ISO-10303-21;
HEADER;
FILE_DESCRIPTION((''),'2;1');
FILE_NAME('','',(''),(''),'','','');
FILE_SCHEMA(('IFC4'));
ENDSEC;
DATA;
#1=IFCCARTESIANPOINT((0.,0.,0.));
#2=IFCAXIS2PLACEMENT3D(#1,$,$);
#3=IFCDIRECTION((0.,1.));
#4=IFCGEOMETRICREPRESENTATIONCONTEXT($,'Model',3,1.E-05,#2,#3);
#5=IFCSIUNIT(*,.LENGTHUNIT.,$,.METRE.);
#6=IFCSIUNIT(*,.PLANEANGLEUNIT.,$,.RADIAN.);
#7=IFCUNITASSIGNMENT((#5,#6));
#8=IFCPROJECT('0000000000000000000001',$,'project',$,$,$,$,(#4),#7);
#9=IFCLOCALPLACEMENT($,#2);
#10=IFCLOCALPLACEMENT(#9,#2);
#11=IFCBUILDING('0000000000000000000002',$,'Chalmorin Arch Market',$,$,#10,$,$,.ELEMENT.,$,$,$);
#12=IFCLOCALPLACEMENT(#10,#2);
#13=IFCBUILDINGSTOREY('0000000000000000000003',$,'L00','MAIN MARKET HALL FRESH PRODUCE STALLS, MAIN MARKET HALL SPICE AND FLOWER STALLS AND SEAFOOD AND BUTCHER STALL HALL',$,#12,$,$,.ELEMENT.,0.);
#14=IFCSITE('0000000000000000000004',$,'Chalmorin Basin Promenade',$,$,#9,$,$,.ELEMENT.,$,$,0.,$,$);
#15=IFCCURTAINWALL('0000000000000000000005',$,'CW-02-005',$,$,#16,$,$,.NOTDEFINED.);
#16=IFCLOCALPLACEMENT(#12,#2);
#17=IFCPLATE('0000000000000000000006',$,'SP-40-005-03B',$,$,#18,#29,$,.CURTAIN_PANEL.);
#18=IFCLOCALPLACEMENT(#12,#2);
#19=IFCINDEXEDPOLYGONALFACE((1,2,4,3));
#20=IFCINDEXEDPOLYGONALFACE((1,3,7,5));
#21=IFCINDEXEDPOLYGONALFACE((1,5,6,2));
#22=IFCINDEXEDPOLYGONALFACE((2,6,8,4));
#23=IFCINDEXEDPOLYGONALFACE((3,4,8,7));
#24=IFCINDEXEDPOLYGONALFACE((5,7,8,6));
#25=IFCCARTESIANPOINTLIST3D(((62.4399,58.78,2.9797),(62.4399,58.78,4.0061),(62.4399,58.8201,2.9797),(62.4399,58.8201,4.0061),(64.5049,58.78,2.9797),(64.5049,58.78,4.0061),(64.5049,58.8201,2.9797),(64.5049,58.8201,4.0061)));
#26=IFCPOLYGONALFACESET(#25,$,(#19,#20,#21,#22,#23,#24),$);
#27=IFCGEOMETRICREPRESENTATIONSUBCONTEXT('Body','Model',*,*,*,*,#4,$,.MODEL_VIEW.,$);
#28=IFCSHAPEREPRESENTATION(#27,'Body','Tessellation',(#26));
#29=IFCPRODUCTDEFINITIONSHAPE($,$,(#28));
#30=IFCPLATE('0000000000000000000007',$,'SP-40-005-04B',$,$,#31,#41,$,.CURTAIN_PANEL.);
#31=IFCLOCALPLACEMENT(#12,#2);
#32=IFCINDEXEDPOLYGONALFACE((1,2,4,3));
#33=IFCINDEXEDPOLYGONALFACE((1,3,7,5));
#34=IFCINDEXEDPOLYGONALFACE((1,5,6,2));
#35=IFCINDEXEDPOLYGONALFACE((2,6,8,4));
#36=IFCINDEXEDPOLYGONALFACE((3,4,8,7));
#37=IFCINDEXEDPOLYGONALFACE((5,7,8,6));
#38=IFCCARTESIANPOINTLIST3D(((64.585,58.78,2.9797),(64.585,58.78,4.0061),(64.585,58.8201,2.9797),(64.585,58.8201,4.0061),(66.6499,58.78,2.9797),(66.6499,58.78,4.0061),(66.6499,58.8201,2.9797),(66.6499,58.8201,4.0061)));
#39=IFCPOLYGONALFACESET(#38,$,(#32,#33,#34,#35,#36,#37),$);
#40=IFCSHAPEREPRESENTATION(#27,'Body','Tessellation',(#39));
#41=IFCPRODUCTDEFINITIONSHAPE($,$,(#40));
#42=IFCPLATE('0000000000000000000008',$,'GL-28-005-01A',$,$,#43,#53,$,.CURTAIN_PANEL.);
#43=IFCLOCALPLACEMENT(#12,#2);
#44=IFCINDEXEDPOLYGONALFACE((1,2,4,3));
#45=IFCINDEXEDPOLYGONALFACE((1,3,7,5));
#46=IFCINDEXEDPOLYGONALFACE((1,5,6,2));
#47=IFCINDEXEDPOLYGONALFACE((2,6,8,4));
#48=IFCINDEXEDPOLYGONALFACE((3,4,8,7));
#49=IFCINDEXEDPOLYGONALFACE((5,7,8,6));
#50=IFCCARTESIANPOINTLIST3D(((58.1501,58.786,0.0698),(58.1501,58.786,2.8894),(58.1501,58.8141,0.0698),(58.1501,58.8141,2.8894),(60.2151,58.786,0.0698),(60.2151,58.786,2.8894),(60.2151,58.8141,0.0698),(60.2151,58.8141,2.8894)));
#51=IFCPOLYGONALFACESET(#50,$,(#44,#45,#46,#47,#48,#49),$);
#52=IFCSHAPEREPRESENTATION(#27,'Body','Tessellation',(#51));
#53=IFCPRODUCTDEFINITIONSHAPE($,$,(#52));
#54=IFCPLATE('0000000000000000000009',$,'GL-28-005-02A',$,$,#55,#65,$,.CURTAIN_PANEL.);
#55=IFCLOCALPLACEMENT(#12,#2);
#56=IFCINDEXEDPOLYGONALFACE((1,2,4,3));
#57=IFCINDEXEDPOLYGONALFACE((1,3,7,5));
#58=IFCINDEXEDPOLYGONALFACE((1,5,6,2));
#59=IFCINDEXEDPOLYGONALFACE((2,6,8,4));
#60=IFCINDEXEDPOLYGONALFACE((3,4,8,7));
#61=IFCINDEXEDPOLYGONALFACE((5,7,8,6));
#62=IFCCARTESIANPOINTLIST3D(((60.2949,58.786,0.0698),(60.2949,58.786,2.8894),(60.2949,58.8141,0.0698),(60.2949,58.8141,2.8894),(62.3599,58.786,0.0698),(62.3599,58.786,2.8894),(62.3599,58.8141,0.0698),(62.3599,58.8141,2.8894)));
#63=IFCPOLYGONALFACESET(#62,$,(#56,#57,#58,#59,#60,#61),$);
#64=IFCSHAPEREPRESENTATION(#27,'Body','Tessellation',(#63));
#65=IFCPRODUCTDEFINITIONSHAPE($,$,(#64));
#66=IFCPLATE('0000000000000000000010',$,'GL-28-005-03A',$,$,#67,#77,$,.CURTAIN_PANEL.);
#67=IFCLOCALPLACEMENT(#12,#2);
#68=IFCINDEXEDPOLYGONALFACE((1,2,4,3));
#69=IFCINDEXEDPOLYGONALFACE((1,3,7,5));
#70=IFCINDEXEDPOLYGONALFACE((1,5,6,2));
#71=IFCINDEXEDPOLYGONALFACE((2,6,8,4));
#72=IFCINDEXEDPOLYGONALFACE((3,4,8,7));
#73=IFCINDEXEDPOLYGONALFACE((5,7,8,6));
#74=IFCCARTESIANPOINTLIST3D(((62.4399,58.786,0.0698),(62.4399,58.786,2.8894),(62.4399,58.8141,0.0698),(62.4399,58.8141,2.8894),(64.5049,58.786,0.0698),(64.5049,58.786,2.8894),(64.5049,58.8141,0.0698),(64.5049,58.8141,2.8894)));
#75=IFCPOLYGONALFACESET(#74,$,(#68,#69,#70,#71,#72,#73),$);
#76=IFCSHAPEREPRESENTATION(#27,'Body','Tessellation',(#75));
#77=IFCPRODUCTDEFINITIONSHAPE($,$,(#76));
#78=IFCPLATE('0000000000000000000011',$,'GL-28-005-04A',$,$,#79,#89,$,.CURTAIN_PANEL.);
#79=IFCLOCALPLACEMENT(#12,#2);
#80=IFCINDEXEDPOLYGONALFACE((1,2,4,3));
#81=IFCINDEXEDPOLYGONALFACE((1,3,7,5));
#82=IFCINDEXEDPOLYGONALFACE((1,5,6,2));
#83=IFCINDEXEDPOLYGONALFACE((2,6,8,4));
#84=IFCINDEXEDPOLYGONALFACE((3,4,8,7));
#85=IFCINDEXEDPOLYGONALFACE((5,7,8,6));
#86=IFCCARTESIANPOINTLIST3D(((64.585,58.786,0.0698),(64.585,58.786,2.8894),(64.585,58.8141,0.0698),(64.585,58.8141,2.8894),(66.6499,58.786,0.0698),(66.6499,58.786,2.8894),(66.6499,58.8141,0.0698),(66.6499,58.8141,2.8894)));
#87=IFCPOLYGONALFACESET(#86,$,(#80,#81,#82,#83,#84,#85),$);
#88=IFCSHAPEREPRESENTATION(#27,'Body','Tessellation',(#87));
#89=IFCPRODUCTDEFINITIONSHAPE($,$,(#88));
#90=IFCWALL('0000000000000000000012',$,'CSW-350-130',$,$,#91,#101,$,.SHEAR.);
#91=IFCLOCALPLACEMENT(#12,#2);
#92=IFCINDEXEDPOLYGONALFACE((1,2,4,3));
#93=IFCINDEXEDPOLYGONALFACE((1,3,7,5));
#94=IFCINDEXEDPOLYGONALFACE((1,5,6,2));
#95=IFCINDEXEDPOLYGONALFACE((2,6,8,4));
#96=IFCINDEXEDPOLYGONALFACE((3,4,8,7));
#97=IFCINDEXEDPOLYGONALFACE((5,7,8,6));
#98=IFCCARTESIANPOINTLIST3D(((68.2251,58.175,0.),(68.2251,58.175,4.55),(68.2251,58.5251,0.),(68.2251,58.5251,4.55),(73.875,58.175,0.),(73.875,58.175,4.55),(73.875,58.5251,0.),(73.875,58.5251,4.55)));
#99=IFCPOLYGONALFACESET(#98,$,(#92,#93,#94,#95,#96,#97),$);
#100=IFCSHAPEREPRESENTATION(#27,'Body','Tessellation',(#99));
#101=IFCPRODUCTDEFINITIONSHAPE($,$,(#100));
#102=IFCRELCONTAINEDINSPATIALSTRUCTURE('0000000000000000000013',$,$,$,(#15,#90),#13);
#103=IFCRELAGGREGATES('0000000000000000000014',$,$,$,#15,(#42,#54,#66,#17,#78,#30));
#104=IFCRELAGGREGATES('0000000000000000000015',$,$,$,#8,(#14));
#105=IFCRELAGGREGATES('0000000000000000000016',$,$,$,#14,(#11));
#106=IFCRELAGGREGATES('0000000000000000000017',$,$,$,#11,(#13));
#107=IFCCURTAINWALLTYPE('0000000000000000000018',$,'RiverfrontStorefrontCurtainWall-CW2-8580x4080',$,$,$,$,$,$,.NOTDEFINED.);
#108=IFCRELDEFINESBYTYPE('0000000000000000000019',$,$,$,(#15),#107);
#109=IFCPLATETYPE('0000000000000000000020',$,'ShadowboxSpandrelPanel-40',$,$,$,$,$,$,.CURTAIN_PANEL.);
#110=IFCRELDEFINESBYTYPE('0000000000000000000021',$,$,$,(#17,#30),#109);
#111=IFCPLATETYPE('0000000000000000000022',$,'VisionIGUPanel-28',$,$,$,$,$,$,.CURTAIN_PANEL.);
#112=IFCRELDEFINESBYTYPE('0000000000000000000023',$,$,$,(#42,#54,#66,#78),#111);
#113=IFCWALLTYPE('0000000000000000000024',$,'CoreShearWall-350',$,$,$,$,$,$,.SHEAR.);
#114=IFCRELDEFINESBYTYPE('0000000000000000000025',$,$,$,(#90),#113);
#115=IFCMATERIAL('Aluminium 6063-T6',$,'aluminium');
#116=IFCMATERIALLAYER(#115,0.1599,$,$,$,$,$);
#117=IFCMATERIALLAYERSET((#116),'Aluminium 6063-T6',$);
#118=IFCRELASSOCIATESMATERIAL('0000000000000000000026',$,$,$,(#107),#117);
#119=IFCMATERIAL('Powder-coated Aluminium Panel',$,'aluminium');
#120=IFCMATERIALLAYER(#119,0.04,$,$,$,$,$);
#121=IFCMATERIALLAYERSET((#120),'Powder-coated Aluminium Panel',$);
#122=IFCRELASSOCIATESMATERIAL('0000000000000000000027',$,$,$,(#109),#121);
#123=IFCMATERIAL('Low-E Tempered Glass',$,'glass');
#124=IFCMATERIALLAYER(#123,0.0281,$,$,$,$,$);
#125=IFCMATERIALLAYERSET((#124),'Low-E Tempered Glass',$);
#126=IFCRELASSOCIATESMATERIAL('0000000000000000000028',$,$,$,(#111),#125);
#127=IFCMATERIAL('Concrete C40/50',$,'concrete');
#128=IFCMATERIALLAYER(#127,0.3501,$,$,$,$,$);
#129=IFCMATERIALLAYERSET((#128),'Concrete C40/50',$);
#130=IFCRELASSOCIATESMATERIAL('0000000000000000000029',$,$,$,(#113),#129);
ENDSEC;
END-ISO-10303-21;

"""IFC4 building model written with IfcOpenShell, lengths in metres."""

from ifc_helpers import new_model, si_unit, direction, frame, frame_2d, origin, origin_2d, place, context, subcontext, project, spatial, rectangle, extrude, material, layer, layer_set, type_object, element, aggregate, save


model = new_model("IFC4")

# Units and contexts
model_context = context("Model", 3, precision=1e-05, world=origin(), true_north=direction((0.0, 1.0)))
body_context = subcontext(model_context, "Body", "Model", "MODEL_VIEW")
ifc_project = project(units=[si_unit("LENGTHUNIT", "METRE"), si_unit("PLANEANGLEUNIT", "RADIAN")], contexts=[model_context])

# Site, building, storey
site_placement = place(None, origin())
site = spatial("IfcSite", under=ifc_project, at=site_placement, Name="Chalmorin Basin Promenade", CompositionType="ELEMENT", RefElevation=0.0)
building_placement = place(site_placement, origin())
building = spatial("IfcBuilding", under=site, at=building_placement, Name="Chalmorin Arch Market", CompositionType="ELEMENT")
storey_placement = place(building_placement, origin())
storey = spatial("IfcBuildingStorey", under=building, at=storey_placement, Name="L00", Description="MAIN MARKET HALL FRESH PRODUCE STALLS, MAIN MARKET HALL SPICE AND FLOWER STALLS AND SEAFOOD AND BUTCHER STALL HALL", CompositionType="ELEMENT", Elevation=0.0)

# Curtain wall, plates
ifc_material_1 = material(Name="Aluminium 6063-T6", Category="aluminium")
ifc_layer_1 = layer(ifc_material_1, 0.1599)
ifc_layer_set_1 = layer_set([ifc_layer_1], Name="Aluminium 6063-T6")
curtain_wall_type = type_object("IfcCurtainWallType", Name="RiverfrontStorefrontCurtainWall-CW2-8580x4080", PredefinedType="NOTDEFINED", material=ifc_layer_set_1)
curtain_wall_placement = place(storey_placement, origin())
curtain_wall = element("IfcCurtainWall", 1, at=curtain_wall_placement, inside=storey, type_object=curtain_wall_type, Name="CW-02-005", PredefinedType="NOTDEFINED")
ifc_material_2 = material(Name="Powder-coated Aluminium Panel", Category="aluminium")
ifc_layer_2 = layer(ifc_material_2, 0.04)
ifc_layer_set_2 = layer_set([ifc_layer_2], Name="Powder-coated Aluminium Panel")
plate_type_1 = type_object("IfcPlateType", Name="ShadowboxSpandrelPanel-40", PredefinedType="CURTAIN_PANEL", material=ifc_layer_set_2)
plate_1_placement = place(storey_placement, frame((63.4724, 58.8, 2.9797), z_axis=(0.0, 0.0, 1.0), x_axis=(1.0, 0.0, 0.0)))
plate_1 = element("IfcPlate", 2, at=plate_1_placement, type_object=plate_type_1, Name="SP-40-005-03B", PredefinedType="CURTAIN_PANEL", context=body_context, shape_type="SweptSolid", body=[
    extrude(rectangle(XDim=2.0649, YDim=0.04, at=origin_2d()), origin(), (0.0, 0.0, 1.0), 1.0264),
])
plate_2_placement = place(storey_placement, frame((65.6174, 58.8, 2.9797), z_axis=(0.0, 0.0, 1.0), x_axis=(1.0, 0.0, 0.0)))
plate_2 = element("IfcPlate", 3, at=plate_2_placement, type_object=plate_type_1, Name="SP-40-005-04B", PredefinedType="CURTAIN_PANEL", context=body_context, shape_type="SweptSolid", body=[
    extrude(rectangle(XDim=2.0649, YDim=0.04, at=origin_2d()), origin(), (0.0, 0.0, 1.0), 1.0264),
])
ifc_material_3 = material(Name="Low-E Tempered Glass", Category="glass")
ifc_layer_3 = layer(ifc_material_3, 0.0281)
ifc_layer_set_3 = layer_set([ifc_layer_3], Name="Low-E Tempered Glass")
plate_type_2 = type_object("IfcPlateType", Name="VisionIGUPanel-28", PredefinedType="CURTAIN_PANEL", material=ifc_layer_set_3)
plate_3_placement = place(storey_placement, frame((59.1826, 58.8, 0.0698), z_axis=(0.0, 0.0, 1.0), x_axis=(1.0, 0.0, 0.0)))
plate_3 = element("IfcPlate", 4, at=plate_3_placement, type_object=plate_type_2, Name="GL-28-005-01A", PredefinedType="CURTAIN_PANEL", context=body_context, shape_type="SweptSolid", body=[
    extrude(rectangle(XDim=2.0649, YDim=0.0281, at=origin_2d()), origin(), (0.0, 0.0, 1.0), 2.8196),
])
plate_4_placement = place(storey_placement, frame((61.3274, 58.8, 0.0698), z_axis=(0.0, 0.0, 1.0), x_axis=(1.0, 0.0, 0.0)))
plate_4 = element("IfcPlate", 5, at=plate_4_placement, type_object=plate_type_2, Name="GL-28-005-02A", PredefinedType="CURTAIN_PANEL", context=body_context, shape_type="SweptSolid", body=[
    extrude(rectangle(XDim=2.0649, YDim=0.0281, at=origin_2d()), origin(), (0.0, 0.0, 1.0), 2.8196),
])
plate_5_placement = place(storey_placement, frame((63.4724, 58.8, 0.0698), z_axis=(0.0, 0.0, 1.0), x_axis=(1.0, 0.0, 0.0)))
plate_5 = element("IfcPlate", 6, at=plate_5_placement, type_object=plate_type_2, Name="GL-28-005-03A", PredefinedType="CURTAIN_PANEL", context=body_context, shape_type="SweptSolid", body=[
    extrude(rectangle(XDim=2.0649, YDim=0.0281, at=origin_2d()), origin(), (0.0, 0.0, 1.0), 2.8196),
])
plate_6_placement = place(storey_placement, frame((65.6174, 58.8, 0.0698), z_axis=(0.0, 0.0, 1.0), x_axis=(1.0, 0.0, 0.0)))
plate_6 = element("IfcPlate", 7, at=plate_6_placement, type_object=plate_type_2, Name="GL-28-005-04A", PredefinedType="CURTAIN_PANEL", context=body_context, shape_type="SweptSolid", body=[
    extrude(rectangle(XDim=2.0649, YDim=0.0281, at=origin_2d()), origin(), (0.0, 0.0, 1.0), 2.8196),
])
aggregate(curtain_wall, [plate_3, plate_4, plate_5, plate_1, plate_6, plate_2])

# Wall
ifc_material_4 = material(Name="Concrete C40/50", Category="concrete")
ifc_layer_4 = layer(ifc_material_4, 0.3501)
ifc_layer_set_4 = layer_set([ifc_layer_4], Name="Concrete C40/50")
wall_type = type_object("IfcWallType", Name="CoreShearWall-350", PredefinedType="SHEAR", material=ifc_layer_set_4)
wall_placement = place(storey_placement, frame((68.2251, 58.3501, 0.0), z_axis=(0.0, 0.0, 1.0), x_axis=(1.0, 0.0, 0.0)))
element("IfcWall", 8, at=wall_placement, inside=storey, type_object=wall_type, Name="CSW-350-130", PredefinedType="SHEAR", context=body_context, shape_type="SweptSolid", body=[
    extrude(rectangle(XDim=5.6499, YDim=0.3501, at=frame_2d((2.825, 0.0))), origin(), (0.0, 0.0, 1.0), 4.55),
])

save(model, "model.ifc")
